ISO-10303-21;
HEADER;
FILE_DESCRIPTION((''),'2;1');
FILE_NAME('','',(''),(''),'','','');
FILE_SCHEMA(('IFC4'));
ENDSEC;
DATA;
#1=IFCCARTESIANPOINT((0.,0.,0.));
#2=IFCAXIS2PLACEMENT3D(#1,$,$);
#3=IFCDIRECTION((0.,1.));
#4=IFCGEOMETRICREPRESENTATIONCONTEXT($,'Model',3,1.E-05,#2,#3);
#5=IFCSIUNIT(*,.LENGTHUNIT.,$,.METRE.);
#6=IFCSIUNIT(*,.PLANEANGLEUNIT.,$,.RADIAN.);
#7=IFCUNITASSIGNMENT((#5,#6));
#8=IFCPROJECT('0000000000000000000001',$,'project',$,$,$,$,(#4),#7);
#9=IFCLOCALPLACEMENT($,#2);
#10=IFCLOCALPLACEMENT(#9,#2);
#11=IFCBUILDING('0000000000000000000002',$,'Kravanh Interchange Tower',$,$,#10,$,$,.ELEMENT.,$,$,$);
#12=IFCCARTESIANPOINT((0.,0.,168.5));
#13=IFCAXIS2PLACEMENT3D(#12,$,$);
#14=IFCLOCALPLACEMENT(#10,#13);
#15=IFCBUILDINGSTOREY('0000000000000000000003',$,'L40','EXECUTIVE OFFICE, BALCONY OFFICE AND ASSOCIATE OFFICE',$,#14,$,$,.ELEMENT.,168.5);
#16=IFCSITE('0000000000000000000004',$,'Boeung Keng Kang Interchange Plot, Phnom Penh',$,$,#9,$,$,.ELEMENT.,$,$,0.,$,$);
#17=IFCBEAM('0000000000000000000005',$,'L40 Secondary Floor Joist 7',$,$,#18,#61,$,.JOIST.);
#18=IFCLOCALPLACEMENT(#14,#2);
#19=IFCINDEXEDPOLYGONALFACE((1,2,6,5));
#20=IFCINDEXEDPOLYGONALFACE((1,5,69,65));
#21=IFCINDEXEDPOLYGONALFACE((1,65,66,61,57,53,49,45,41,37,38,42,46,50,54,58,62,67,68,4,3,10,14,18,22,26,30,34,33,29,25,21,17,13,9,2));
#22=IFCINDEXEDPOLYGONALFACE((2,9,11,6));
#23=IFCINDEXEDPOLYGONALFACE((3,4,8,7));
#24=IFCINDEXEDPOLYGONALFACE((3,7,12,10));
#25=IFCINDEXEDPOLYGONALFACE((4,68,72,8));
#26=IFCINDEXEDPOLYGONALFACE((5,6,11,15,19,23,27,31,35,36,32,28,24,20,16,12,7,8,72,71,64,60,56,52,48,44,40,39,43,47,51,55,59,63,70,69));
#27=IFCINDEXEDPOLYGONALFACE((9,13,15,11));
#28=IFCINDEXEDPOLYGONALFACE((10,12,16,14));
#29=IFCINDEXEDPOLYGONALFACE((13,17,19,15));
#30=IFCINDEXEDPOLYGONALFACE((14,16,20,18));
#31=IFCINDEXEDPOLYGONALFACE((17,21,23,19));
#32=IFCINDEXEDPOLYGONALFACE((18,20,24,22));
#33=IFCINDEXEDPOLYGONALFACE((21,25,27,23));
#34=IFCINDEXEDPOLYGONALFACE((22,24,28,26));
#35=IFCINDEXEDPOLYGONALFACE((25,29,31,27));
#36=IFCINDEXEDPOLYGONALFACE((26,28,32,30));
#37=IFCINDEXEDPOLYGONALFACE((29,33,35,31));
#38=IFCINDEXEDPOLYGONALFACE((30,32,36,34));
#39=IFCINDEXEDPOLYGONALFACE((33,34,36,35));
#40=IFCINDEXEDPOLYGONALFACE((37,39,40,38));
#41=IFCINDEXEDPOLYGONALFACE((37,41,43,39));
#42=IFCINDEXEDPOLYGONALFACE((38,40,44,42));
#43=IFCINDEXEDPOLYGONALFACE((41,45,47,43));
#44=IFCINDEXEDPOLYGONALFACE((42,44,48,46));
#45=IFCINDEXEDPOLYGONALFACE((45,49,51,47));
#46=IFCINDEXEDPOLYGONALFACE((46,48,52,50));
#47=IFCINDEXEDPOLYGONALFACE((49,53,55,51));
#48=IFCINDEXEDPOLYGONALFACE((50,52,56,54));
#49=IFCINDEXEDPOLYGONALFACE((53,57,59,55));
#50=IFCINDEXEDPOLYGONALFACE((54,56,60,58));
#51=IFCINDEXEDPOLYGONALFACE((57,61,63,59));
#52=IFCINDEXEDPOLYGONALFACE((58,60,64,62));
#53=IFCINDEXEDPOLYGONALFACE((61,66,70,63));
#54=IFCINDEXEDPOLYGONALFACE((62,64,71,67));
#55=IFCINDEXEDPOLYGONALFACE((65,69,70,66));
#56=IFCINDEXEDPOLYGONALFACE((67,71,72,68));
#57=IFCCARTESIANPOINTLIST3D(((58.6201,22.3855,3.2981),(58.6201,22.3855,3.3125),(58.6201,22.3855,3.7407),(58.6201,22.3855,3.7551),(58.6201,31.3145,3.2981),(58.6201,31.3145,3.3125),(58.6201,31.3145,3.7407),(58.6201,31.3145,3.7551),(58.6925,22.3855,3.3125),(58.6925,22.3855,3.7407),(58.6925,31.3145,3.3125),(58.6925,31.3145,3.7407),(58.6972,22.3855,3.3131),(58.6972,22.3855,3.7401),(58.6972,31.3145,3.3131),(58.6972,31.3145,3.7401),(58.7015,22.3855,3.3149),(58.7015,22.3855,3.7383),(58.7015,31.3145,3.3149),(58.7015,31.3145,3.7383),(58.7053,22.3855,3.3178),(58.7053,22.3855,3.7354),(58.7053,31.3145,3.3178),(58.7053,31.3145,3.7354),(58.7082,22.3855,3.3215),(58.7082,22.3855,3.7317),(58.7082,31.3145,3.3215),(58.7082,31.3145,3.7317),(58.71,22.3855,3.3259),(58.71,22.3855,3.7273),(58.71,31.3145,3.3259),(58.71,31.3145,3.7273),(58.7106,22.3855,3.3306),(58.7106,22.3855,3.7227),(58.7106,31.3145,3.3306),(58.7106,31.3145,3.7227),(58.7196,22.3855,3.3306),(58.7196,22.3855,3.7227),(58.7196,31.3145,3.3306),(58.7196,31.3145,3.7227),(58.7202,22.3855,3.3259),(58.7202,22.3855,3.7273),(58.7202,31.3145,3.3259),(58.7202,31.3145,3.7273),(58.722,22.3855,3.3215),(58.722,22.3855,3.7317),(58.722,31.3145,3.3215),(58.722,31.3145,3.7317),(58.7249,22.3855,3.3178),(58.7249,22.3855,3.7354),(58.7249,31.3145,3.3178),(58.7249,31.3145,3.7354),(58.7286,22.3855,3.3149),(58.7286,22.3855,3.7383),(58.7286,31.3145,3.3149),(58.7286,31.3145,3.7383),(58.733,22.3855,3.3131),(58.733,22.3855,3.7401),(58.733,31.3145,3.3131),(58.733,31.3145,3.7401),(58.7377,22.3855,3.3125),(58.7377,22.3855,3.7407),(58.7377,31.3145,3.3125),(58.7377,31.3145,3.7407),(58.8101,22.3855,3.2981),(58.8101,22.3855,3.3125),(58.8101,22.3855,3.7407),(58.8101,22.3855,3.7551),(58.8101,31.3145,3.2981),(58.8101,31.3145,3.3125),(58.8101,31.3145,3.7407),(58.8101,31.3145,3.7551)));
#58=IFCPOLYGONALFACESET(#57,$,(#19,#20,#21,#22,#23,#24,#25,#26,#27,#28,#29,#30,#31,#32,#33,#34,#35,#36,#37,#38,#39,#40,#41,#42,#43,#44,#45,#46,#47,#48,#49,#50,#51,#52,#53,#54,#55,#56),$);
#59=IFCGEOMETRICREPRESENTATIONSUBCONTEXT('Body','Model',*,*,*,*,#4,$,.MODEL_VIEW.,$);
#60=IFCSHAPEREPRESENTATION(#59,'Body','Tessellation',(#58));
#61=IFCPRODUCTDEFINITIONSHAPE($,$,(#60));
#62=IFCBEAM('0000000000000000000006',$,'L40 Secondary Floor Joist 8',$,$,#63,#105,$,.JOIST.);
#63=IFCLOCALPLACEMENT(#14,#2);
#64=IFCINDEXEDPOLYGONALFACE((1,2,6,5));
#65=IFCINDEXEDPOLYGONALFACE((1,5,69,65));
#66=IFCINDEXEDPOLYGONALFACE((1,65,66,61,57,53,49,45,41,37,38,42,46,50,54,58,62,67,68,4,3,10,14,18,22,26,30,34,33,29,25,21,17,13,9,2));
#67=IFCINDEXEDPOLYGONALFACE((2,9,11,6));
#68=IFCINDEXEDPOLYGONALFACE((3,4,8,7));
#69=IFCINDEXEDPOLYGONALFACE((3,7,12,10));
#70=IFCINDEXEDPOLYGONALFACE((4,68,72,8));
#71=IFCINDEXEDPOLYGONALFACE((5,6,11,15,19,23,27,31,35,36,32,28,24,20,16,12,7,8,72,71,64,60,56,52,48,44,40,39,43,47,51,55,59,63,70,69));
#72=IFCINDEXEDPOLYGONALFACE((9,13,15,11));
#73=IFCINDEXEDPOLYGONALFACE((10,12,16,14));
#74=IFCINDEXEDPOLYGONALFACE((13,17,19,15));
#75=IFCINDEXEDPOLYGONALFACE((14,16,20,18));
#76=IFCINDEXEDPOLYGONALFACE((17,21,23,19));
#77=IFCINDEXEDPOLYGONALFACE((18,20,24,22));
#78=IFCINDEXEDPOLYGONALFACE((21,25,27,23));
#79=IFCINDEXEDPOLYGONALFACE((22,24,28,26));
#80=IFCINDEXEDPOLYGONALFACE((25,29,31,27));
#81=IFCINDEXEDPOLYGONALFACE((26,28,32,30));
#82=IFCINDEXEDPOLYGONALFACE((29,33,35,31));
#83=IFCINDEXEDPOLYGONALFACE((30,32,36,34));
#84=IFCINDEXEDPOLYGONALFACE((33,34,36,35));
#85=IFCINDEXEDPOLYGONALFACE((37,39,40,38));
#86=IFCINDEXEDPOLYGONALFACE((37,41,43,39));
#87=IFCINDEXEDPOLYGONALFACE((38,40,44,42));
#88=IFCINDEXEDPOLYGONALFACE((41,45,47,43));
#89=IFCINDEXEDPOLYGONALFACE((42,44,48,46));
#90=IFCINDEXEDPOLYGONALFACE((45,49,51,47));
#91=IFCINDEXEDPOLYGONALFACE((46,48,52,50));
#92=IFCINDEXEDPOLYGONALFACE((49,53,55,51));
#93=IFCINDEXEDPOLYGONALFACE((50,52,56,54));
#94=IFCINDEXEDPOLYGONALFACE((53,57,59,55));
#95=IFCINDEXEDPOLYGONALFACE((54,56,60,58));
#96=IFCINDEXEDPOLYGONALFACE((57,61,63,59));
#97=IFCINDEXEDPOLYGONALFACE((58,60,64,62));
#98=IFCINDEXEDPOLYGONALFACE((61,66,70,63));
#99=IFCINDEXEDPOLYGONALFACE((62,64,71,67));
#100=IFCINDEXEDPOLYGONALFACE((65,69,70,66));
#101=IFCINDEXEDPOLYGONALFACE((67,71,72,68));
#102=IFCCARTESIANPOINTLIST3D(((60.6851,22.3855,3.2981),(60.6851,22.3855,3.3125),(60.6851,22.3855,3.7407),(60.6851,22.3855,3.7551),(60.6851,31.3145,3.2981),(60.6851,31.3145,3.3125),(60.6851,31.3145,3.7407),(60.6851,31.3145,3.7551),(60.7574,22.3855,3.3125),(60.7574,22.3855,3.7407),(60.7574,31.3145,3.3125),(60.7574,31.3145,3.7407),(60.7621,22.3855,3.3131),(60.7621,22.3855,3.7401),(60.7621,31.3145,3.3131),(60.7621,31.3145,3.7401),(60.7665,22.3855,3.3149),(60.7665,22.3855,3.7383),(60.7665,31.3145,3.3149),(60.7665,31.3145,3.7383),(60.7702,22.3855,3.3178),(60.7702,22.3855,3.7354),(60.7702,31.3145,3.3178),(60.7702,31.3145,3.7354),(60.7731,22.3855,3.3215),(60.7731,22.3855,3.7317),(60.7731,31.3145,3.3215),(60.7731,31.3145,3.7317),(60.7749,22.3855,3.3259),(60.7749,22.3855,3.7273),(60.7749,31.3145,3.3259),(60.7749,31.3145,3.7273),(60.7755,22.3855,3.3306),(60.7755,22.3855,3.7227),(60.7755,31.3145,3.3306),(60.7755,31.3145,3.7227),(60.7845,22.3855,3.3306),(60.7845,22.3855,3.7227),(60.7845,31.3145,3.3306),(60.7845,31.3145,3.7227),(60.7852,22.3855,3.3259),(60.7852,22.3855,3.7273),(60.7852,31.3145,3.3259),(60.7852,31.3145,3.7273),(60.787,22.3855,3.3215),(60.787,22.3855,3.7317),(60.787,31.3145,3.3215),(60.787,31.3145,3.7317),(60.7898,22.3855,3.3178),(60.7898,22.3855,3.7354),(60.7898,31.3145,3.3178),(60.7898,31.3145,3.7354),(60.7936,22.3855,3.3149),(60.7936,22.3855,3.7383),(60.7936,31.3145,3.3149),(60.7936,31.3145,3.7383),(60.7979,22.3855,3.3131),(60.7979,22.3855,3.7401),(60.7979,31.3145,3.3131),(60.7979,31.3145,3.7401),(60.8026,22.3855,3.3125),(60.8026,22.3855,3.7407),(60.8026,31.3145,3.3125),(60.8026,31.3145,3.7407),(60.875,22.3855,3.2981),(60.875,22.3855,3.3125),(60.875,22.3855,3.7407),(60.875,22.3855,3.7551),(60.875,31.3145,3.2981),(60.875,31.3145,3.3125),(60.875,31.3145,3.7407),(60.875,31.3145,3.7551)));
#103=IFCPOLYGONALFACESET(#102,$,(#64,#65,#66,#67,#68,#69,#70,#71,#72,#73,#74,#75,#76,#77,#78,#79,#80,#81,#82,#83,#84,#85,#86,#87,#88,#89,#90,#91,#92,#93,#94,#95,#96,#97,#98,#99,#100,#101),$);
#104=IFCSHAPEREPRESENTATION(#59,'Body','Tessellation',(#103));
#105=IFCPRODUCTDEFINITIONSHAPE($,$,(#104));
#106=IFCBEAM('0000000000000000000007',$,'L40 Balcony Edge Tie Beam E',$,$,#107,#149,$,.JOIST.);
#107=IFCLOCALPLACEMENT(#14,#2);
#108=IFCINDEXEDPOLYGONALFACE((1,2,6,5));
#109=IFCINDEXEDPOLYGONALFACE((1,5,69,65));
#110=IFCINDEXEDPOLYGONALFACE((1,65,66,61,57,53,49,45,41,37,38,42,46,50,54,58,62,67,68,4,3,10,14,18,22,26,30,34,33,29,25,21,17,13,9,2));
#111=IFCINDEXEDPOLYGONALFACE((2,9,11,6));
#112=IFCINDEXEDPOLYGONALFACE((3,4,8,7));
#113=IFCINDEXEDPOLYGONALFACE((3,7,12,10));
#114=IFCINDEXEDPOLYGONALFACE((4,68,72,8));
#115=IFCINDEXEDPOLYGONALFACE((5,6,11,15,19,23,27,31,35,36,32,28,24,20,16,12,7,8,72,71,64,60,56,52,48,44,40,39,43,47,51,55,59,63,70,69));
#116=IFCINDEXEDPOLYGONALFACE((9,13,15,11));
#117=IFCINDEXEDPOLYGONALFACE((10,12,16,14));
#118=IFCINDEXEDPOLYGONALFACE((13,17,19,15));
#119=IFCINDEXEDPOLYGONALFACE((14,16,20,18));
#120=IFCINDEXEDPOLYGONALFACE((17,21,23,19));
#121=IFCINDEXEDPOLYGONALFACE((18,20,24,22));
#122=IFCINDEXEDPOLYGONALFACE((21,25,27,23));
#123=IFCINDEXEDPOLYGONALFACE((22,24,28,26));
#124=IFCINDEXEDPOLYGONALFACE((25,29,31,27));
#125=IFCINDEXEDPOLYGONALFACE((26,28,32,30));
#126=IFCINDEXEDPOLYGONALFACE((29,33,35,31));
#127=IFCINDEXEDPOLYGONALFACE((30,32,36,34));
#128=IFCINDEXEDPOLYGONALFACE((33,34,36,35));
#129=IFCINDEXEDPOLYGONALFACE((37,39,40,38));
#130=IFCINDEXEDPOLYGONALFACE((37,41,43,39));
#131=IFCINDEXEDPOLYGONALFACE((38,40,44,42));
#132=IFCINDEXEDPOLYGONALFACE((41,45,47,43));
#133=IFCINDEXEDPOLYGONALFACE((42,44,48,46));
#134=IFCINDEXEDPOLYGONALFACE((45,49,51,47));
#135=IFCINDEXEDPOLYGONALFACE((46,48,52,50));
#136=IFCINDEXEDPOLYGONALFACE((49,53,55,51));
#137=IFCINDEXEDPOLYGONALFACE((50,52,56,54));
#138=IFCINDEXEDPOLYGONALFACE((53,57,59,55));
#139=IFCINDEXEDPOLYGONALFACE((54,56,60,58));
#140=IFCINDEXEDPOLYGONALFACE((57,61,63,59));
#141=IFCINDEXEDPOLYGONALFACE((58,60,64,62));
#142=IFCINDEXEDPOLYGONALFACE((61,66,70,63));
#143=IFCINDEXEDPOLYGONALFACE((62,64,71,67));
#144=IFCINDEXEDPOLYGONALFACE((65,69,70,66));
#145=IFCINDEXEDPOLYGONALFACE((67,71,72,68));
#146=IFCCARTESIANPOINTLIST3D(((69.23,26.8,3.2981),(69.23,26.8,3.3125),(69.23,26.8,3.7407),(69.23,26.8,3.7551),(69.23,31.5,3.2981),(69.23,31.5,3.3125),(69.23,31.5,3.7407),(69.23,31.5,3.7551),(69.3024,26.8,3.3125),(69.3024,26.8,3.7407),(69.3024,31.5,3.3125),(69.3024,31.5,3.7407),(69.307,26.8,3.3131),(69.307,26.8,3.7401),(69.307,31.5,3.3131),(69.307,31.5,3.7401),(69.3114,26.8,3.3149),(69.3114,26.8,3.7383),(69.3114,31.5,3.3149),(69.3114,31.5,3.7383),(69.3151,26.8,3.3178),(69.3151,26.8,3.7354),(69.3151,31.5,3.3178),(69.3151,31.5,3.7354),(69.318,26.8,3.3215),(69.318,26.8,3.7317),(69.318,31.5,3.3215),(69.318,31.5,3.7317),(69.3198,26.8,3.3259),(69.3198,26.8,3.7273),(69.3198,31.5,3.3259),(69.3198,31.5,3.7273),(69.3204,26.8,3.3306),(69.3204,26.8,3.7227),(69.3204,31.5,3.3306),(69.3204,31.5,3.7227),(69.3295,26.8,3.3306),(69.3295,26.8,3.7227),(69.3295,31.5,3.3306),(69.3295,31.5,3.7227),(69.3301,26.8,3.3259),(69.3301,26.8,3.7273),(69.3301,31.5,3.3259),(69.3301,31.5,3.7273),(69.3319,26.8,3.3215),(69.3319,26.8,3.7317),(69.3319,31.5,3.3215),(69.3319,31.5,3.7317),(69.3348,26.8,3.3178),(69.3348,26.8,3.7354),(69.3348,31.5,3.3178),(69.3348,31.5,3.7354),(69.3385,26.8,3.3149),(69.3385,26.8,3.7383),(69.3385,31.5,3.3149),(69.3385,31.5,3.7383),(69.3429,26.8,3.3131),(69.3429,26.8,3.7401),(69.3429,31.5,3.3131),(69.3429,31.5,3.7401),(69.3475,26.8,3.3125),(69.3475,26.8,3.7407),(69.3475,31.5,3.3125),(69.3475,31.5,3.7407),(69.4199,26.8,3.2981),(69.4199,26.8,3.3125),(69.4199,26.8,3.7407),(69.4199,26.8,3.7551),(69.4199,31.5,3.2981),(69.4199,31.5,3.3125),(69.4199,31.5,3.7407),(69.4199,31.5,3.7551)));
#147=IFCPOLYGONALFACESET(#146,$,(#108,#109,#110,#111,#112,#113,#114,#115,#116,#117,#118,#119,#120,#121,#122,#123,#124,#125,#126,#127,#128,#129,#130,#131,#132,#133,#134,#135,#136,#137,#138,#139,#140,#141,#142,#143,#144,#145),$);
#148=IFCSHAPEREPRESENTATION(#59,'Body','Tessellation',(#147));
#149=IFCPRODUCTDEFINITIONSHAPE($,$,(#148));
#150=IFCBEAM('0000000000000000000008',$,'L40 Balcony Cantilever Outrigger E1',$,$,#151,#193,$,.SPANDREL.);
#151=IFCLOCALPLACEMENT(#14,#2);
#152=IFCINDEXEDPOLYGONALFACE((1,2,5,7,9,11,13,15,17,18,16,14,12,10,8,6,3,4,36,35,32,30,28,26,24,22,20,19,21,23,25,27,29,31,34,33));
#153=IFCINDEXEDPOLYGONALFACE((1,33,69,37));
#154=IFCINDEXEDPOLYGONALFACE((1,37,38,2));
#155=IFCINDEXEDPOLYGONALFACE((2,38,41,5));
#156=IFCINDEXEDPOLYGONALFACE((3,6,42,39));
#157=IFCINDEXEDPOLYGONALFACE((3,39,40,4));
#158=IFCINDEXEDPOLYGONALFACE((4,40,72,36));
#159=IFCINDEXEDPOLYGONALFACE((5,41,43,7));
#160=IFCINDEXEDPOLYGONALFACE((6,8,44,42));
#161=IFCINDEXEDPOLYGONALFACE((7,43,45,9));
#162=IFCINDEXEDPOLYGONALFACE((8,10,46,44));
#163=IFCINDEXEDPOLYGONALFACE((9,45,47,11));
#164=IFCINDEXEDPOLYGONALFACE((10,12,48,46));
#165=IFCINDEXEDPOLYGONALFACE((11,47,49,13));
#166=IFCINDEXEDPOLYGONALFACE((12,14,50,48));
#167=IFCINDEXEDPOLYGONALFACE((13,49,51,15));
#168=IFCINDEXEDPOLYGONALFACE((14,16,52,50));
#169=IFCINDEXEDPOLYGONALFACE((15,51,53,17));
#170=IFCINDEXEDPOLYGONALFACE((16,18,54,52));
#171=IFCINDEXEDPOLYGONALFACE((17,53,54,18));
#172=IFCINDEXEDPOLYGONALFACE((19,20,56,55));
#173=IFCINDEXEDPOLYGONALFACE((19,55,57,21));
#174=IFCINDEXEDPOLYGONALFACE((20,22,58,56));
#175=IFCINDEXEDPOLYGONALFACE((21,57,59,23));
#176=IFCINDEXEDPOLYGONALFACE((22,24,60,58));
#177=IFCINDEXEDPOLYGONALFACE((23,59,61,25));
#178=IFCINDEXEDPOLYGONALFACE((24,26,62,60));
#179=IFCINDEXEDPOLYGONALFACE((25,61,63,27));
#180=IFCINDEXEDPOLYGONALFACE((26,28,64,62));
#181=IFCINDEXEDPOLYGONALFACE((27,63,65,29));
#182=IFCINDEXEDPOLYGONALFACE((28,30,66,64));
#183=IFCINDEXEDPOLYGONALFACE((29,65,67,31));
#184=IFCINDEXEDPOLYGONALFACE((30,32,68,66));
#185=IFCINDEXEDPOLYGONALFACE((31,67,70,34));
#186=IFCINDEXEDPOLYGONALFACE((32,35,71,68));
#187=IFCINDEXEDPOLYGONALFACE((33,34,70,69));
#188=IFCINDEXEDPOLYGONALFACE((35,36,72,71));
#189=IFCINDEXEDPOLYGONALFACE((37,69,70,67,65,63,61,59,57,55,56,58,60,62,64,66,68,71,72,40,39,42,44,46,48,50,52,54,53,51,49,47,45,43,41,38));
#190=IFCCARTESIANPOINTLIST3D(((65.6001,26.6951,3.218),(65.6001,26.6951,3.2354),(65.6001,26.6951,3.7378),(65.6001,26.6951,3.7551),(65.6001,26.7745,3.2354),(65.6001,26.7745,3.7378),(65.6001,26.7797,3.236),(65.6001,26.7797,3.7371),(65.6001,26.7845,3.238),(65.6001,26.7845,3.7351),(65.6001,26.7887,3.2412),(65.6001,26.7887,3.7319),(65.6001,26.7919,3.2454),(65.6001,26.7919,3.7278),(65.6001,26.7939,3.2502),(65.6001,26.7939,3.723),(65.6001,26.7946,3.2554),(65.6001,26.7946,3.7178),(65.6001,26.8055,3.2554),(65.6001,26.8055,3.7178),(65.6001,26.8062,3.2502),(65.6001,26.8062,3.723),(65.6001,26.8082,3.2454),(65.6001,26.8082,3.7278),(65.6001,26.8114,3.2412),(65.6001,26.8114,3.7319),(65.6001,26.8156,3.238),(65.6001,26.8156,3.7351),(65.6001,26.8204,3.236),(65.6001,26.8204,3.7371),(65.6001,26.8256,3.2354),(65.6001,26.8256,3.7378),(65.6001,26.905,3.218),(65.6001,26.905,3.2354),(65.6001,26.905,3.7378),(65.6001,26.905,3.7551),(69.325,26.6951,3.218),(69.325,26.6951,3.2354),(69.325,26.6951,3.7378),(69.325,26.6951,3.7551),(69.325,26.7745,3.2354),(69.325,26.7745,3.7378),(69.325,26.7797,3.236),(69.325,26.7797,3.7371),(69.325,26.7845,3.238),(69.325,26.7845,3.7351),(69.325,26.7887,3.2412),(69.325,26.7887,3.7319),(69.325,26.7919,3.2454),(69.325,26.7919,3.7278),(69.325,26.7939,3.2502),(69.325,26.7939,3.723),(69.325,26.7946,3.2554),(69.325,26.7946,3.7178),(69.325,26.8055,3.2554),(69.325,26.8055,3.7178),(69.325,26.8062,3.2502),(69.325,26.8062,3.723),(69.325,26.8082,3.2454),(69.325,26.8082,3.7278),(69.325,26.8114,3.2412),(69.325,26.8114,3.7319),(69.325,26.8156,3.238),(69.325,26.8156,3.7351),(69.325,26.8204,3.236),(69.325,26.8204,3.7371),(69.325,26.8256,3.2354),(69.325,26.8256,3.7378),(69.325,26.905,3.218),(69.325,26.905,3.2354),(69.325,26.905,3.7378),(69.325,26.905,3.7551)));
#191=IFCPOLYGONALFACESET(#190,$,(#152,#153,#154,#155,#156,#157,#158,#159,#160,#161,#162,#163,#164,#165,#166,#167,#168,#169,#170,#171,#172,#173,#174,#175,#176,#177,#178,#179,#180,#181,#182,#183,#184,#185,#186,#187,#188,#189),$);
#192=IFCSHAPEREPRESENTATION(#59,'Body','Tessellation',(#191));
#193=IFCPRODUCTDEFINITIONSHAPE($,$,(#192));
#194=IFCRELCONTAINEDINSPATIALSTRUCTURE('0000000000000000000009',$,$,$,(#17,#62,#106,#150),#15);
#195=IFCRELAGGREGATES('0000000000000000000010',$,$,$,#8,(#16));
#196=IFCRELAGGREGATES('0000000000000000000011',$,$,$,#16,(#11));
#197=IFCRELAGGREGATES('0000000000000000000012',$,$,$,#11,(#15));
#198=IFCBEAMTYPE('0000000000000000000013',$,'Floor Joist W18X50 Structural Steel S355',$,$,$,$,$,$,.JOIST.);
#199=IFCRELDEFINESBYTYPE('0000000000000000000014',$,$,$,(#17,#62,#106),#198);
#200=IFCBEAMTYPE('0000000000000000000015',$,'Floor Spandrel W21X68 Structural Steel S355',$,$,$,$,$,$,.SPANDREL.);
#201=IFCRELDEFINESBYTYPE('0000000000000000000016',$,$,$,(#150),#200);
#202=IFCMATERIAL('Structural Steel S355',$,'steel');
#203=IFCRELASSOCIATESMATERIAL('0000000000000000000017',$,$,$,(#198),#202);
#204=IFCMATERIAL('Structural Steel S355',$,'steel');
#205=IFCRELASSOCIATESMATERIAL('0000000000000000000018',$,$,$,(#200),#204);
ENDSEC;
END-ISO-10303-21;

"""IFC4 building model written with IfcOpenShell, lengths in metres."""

from ifc_helpers import new_model, si_unit, direction, frame, origin, origin_2d, place, context, subcontext, project, spatial, i_section, extrude, material, material_profile, profile_set, type_object, element, save


model = new_model("IFC4")

# Units and contexts
model_context = context("Model", 3, precision=1e-05, world=origin(), true_north=direction((0.0, 1.0)))
body_context = subcontext(model_context, "Body", "Model", "MODEL_VIEW")
ifc_project = project(units=[si_unit("LENGTHUNIT", "METRE"), si_unit("PLANEANGLEUNIT", "RADIAN")], contexts=[model_context])

# Site, building, storey
site_placement = place(None, origin())
site = spatial("IfcSite", under=ifc_project, at=site_placement, Name="Boeung Keng Kang Interchange Plot, Phnom Penh", CompositionType="ELEMENT", RefElevation=0.0)
building_placement = place(site_placement, origin())
building = spatial("IfcBuilding", under=site, at=building_placement, Name="Kravanh Interchange Tower", CompositionType="ELEMENT")
storey_placement = place(building_placement, frame((0.0, 0.0, 168.5)))
storey = spatial("IfcBuildingStorey", under=building, at=storey_placement, Name="L40", Description="EXECUTIVE OFFICE, BALCONY OFFICE AND ASSOCIATE OFFICE", CompositionType="ELEMENT", Elevation=168.5)

# Beams
ifc_material_1 = material(Name="Structural Steel S355", Category="steel")
ifc_material_profile_1 = material_profile(ifc_material_1, i_section(OverallWidth=0.1899, OverallDepth=0.457, WebThickness=0.009, FlangeThickness=0.0144, FilletRadius=0.0181, at=origin_2d()), Name="W18X50")
ifc_profile_set_1 = profile_set([ifc_material_profile_1], Name="Structural Steel S355")
beam_type_1 = type_object("IfcBeamType", Name="Floor Joist W18X50 Structural Steel S355", PredefinedType="JOIST", material=ifc_profile_set_1)
for number, where, z_axis, x_axis, name in (
    (1, (58.7151, 22.3855, 3.5266), (0.0, 1.0, 0.0), (-1.0, 0.0, 0.0), "L40 Secondary Floor Joist 7"),
    (2, (60.78, 22.3855, 3.5266), (0.0, 1.0, 0.0), (-1.0, 0.0, 0.0), "L40 Secondary Floor Joist 8"),
):
    element("IfcBeam", number, at=place(storey_placement, frame(where, z_axis=z_axis, x_axis=x_axis)), inside=storey, type_object=beam_type_1, Name=name, PredefinedType="JOIST", context=body_context, shape_type="SweptSolid", body=[
        extrude(i_section(OverallWidth=0.1899, OverallDepth=0.457, WebThickness=0.009, FlangeThickness=0.0144, FilletRadius=0.0181, at=origin_2d()), origin(), (0.0, 0.0, 1.0), 8.929),
    ])
beam_1_placement = place(storey_placement, frame((69.325, 26.8, 3.5266), z_axis=(0.0, 1.0, 0.0), x_axis=(-1.0, 0.0, 0.0)))
element("IfcBeam", 3, at=beam_1_placement, inside=storey, type_object=beam_type_1, Name="L40 Balcony Edge Tie Beam E", PredefinedType="JOIST", context=body_context, shape_type="SweptSolid", body=[
    extrude(i_section(OverallWidth=0.1899, OverallDepth=0.457, WebThickness=0.009, FlangeThickness=0.0144, FilletRadius=0.0181, at=origin_2d()), origin(), (0.0, 0.0, 1.0), 4.7),
])
ifc_material_2 = material(Name="Structural Steel S355", Category="steel")
ifc_material_profile_2 = material_profile(ifc_material_2, i_section(OverallWidth=0.21, OverallDepth=0.5371, WebThickness=0.011, FlangeThickness=0.0173, FilletRadius=0.02, at=origin_2d()), Name="W21X68")
ifc_profile_set_2 = profile_set([ifc_material_profile_2], Name="Structural Steel S355")
beam_type_2 = type_object("IfcBeamType", Name="Floor Spandrel W21X68 Structural Steel S355", PredefinedType="SPANDREL", material=ifc_profile_set_2)
beam_2_placement = place(storey_placement, frame((65.6001, 26.8, 3.4866), z_axis=(1.0, 0.0, 0.0), x_axis=(0.0, 1.0, 0.0)))
element("IfcBeam", 4, at=beam_2_placement, inside=storey, type_object=beam_type_2, Name="L40 Balcony Cantilever Outrigger E1", PredefinedType="SPANDREL", context=body_context, shape_type="SweptSolid", body=[
    extrude(i_section(OverallWidth=0.21, OverallDepth=0.5371, WebThickness=0.011, FlangeThickness=0.0173, FilletRadius=0.02, at=origin_2d()), origin(), (0.0, 0.0, 1.0), 3.7249),
])

save(model, "model.ifc")
